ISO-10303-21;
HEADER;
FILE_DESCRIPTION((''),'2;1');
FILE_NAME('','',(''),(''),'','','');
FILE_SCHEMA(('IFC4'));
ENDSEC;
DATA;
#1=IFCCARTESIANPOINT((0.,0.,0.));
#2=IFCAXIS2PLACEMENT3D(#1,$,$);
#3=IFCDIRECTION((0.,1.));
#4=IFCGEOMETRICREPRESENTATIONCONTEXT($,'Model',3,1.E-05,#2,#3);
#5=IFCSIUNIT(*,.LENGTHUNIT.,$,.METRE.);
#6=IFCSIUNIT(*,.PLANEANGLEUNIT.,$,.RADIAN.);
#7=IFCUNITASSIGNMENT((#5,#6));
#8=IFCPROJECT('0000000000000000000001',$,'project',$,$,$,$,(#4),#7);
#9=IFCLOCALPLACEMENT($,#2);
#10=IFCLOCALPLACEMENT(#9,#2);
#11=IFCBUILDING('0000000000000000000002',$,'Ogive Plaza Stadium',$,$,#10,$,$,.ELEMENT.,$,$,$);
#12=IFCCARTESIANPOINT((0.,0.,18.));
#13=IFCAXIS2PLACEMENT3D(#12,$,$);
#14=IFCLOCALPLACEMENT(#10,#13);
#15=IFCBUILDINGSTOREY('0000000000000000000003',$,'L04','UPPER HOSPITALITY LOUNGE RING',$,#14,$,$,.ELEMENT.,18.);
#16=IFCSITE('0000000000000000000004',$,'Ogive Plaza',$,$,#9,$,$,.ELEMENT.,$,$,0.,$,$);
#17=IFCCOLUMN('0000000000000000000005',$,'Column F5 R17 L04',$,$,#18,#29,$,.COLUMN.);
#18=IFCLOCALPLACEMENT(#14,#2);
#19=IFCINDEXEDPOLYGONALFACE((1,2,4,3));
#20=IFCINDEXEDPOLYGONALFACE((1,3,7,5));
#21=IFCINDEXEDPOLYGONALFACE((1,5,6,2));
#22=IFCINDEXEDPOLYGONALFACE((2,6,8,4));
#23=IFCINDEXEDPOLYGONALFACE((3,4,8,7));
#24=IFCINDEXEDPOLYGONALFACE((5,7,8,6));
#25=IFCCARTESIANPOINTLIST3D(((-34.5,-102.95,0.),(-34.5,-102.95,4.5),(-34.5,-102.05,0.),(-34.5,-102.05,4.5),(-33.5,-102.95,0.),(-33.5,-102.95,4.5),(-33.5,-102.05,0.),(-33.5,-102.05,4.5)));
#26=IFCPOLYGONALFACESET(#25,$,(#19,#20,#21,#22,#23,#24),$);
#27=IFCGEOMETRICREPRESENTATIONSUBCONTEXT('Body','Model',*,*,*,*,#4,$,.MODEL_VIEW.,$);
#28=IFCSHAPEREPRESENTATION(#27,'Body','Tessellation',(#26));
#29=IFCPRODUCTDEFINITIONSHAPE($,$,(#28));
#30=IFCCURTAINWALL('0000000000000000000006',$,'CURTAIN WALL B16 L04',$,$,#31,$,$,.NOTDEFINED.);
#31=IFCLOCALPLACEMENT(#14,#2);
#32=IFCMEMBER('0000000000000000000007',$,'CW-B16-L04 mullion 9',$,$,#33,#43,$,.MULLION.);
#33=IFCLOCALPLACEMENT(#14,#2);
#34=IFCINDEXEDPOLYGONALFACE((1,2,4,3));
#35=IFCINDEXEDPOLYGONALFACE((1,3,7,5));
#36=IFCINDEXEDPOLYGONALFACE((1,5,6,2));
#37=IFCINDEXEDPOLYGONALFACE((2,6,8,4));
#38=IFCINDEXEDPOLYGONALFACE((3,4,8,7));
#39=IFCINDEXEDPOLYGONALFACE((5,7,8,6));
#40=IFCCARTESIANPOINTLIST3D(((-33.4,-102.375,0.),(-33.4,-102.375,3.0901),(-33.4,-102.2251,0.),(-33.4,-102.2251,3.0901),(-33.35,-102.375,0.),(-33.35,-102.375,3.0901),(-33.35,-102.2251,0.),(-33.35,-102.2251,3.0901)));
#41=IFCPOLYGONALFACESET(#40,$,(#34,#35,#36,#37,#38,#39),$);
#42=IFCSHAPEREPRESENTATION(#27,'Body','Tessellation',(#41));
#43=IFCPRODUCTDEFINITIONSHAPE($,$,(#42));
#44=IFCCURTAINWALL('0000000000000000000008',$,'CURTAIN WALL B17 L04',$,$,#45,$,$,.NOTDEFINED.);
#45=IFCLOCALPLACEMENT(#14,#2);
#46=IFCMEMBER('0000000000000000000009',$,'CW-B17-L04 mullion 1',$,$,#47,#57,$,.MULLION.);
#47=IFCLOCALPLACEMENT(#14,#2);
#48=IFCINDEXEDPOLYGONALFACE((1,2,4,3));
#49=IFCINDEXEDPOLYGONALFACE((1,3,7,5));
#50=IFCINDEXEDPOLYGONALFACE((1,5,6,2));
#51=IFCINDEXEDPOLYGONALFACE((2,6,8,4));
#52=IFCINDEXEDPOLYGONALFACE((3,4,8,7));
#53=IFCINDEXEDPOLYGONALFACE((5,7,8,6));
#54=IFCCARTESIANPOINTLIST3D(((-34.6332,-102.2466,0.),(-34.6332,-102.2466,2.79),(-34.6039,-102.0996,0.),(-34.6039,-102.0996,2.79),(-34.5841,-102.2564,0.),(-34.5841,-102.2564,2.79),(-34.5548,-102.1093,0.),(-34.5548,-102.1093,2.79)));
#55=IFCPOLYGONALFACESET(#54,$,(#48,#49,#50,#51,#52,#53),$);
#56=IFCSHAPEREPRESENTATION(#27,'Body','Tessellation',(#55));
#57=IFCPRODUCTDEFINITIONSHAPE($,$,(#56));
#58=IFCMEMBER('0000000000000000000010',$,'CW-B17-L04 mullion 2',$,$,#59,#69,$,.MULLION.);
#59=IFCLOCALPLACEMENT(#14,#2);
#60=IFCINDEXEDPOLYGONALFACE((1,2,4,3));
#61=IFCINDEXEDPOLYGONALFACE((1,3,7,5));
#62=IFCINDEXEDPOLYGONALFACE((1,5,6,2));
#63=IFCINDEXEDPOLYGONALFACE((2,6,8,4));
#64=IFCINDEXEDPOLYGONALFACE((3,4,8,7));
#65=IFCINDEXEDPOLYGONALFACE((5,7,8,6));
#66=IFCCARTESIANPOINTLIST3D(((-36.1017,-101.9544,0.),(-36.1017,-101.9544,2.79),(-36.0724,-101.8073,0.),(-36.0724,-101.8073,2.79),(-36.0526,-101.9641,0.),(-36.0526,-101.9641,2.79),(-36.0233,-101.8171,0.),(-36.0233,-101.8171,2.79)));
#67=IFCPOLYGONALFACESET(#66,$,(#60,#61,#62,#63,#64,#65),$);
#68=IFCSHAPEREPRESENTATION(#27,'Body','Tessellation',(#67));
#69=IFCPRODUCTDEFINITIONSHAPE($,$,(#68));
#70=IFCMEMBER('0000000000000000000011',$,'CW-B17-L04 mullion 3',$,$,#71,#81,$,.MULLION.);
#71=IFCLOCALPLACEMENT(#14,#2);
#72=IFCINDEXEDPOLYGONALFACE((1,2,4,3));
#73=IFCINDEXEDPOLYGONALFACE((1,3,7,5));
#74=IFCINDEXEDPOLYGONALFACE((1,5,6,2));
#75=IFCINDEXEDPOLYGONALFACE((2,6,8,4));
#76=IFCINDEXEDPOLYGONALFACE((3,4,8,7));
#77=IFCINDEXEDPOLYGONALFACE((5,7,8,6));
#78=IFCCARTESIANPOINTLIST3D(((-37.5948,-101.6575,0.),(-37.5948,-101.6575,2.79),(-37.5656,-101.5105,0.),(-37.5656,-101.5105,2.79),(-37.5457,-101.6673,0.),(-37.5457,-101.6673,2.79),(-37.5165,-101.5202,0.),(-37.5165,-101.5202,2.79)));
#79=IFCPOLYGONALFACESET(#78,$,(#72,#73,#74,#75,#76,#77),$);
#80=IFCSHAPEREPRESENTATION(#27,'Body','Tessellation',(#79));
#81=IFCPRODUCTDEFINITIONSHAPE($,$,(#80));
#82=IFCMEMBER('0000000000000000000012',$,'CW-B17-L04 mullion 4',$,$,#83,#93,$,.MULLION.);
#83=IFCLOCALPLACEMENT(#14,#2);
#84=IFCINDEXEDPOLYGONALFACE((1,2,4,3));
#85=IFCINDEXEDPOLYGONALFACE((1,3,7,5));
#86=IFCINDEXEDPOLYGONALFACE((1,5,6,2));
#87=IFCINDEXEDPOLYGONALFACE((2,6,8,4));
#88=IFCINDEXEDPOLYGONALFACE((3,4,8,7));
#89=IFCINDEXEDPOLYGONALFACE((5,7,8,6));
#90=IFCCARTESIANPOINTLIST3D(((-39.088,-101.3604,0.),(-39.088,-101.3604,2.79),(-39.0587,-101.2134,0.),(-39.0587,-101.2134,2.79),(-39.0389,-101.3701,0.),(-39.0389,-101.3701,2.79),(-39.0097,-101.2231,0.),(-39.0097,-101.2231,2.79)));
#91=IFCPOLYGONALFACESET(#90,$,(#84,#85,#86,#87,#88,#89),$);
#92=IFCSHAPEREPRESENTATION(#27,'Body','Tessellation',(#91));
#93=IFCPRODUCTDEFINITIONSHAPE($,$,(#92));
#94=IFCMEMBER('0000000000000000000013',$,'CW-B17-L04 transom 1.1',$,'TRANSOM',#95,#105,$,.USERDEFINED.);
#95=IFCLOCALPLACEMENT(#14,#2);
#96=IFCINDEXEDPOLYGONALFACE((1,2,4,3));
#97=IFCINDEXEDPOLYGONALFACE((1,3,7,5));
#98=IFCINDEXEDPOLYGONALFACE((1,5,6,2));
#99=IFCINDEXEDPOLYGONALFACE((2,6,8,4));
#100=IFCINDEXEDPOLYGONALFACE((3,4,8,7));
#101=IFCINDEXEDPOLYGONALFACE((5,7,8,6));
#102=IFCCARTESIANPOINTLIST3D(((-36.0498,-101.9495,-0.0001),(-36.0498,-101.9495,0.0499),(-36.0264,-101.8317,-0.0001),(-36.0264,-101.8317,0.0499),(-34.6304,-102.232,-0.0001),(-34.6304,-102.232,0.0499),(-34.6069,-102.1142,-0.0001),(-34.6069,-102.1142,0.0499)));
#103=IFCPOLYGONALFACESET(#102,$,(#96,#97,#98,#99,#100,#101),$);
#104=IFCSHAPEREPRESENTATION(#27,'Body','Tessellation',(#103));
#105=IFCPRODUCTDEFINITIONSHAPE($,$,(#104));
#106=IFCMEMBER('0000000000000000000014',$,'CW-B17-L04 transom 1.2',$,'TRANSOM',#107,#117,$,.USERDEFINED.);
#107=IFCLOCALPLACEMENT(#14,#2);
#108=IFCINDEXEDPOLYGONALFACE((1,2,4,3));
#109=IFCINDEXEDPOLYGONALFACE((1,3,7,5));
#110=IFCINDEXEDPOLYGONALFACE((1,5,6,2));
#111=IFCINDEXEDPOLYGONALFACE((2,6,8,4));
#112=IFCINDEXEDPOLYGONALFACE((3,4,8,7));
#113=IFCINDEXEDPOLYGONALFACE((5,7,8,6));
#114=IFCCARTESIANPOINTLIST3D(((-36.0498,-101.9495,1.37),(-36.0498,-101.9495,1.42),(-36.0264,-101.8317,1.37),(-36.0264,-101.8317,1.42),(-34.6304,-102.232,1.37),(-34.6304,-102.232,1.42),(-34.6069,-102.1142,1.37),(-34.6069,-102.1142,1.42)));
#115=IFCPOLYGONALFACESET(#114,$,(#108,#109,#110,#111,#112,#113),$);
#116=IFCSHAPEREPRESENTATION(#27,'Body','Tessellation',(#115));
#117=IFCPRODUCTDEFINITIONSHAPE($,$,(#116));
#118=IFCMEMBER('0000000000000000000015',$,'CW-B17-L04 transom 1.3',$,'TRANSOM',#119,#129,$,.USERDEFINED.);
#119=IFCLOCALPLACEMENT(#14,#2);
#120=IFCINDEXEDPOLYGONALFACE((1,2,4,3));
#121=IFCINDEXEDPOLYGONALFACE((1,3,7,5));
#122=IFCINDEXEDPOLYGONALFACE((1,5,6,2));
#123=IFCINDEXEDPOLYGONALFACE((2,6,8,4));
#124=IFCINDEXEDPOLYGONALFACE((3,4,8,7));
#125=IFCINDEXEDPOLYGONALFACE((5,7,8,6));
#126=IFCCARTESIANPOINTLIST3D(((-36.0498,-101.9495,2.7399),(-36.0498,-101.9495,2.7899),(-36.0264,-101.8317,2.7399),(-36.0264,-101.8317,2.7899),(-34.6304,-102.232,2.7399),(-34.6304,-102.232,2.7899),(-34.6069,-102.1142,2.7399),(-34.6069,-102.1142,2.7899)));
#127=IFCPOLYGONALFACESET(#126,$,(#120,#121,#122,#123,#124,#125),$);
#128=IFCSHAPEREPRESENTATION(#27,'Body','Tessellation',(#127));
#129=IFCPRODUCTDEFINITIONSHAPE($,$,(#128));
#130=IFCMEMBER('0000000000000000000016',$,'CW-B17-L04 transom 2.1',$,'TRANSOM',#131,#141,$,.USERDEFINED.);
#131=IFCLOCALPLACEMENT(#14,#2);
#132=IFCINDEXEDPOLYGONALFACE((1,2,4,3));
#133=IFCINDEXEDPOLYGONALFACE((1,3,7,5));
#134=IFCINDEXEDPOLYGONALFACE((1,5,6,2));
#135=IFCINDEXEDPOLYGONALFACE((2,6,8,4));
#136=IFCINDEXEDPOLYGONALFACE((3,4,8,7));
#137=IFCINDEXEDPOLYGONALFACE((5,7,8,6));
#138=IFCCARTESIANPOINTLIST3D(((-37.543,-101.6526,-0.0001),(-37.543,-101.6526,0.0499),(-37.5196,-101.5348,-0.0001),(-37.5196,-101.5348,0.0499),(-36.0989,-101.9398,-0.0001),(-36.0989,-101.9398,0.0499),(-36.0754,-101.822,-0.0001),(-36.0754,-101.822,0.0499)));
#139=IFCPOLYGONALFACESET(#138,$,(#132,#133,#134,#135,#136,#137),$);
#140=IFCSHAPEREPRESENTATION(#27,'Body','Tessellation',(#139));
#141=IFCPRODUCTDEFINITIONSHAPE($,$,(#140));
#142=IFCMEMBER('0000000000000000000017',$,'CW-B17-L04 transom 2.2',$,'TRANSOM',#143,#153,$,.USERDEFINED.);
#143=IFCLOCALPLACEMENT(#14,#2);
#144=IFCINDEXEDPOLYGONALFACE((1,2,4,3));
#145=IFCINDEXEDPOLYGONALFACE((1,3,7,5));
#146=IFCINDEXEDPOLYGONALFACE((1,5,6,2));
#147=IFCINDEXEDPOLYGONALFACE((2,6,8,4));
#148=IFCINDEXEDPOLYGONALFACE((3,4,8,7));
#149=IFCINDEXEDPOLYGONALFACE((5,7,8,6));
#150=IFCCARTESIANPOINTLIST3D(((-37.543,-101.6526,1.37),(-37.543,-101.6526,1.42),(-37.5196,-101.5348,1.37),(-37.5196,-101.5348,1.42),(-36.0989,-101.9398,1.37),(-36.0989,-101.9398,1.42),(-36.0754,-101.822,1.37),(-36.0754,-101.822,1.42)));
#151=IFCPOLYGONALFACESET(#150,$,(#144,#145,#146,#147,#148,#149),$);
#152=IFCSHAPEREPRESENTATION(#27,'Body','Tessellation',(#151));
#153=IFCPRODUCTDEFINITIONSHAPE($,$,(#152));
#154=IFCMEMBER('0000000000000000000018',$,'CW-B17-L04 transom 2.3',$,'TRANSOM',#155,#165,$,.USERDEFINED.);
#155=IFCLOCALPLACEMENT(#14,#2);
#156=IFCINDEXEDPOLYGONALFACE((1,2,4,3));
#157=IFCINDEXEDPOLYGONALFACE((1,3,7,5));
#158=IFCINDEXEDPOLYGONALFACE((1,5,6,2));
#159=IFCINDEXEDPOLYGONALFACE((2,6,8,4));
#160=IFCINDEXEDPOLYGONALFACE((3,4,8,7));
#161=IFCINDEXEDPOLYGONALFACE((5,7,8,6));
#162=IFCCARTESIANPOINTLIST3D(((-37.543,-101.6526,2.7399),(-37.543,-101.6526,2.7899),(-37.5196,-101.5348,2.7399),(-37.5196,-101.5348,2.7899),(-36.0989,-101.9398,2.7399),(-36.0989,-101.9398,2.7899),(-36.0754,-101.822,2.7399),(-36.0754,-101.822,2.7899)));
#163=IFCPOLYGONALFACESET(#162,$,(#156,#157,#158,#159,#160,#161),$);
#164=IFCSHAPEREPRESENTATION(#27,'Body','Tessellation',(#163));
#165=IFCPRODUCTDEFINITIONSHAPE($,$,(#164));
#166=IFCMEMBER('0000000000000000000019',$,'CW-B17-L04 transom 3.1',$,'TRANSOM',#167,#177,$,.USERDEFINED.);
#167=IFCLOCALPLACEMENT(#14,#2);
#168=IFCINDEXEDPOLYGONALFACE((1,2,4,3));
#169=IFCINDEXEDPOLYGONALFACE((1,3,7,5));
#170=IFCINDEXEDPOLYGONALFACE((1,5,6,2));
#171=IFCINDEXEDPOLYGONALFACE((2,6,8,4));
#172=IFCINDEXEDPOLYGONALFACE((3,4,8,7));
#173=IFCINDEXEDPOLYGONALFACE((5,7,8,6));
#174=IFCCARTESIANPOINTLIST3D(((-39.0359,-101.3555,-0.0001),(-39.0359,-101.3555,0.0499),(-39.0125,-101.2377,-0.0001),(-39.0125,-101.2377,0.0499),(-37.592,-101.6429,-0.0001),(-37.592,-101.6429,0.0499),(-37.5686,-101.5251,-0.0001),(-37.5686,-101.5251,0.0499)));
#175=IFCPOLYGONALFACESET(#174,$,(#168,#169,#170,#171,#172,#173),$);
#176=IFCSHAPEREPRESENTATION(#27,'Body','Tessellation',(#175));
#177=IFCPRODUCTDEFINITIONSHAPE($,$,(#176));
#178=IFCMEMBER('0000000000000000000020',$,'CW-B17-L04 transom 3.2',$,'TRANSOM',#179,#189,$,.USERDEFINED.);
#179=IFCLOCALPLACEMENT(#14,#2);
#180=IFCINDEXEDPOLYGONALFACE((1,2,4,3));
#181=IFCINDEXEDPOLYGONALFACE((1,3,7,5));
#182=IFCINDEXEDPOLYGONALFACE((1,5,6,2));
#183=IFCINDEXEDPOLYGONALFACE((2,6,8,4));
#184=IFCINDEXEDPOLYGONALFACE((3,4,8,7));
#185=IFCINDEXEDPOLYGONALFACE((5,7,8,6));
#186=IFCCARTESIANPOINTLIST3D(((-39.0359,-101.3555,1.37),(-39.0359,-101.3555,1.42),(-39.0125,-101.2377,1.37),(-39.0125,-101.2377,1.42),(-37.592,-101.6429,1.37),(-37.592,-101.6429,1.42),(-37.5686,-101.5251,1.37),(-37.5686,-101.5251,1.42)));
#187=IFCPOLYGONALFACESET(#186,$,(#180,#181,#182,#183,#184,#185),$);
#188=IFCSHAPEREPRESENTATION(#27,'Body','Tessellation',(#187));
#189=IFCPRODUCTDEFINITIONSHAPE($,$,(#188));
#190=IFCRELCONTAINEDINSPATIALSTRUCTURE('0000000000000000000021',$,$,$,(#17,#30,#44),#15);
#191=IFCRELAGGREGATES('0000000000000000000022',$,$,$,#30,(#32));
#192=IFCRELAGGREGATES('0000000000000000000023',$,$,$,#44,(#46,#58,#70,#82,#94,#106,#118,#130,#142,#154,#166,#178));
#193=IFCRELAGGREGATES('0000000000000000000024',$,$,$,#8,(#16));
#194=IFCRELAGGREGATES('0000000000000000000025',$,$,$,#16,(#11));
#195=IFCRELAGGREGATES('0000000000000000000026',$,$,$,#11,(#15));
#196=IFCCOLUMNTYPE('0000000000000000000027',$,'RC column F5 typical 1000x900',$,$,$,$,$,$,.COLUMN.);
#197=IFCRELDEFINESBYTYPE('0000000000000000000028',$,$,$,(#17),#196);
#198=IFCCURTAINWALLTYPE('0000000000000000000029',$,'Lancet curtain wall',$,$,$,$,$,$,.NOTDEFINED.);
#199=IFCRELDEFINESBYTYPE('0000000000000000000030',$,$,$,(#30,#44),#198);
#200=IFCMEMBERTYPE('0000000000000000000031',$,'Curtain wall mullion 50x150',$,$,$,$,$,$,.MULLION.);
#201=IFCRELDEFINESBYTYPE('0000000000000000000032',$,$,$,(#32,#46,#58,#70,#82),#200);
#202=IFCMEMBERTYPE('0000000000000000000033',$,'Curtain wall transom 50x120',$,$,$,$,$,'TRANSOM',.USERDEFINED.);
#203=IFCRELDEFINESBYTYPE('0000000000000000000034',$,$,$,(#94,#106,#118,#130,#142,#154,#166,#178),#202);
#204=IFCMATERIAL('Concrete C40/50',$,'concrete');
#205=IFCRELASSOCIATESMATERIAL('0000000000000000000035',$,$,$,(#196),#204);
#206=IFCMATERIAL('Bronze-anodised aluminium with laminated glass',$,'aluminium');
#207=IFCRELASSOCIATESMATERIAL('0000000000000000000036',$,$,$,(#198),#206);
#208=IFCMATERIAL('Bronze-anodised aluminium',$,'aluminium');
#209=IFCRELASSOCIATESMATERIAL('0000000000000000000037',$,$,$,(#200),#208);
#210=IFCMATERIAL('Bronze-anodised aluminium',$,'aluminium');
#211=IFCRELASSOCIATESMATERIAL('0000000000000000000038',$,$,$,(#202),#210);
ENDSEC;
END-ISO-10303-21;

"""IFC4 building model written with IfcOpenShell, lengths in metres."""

from ifc_helpers import new_model, si_unit, direction, frame, origin, origin_2d, place, context, subcontext, project, spatial, rectangle, extrude, material, material_profile, profile_set, type_object, element, aggregate, save


model = new_model("IFC4")

# Units and contexts
model_context = context("Model", 3, precision=1e-05, world=origin(), true_north=direction((0.0, 1.0)))
body_context = subcontext(model_context, "Body", "Model", "MODEL_VIEW")
ifc_project = project(units=[si_unit("LENGTHUNIT", "METRE"), si_unit("PLANEANGLEUNIT", "RADIAN")], contexts=[model_context])

# Site, building, storey
site_placement = place(None, origin())
site = spatial("IfcSite", under=ifc_project, at=site_placement, Name="Ogive Plaza", CompositionType="ELEMENT", RefElevation=0.0)
building_placement = place(site_placement, origin())
building = spatial("IfcBuilding", under=site, at=building_placement, Name="Ogive Plaza Stadium", CompositionType="ELEMENT")
storey_placement = place(building_placement, frame((0.0, 0.0, 18.0)))
storey = spatial("IfcBuildingStorey", under=building, at=storey_placement, Name="L04", Description="UPPER HOSPITALITY LOUNGE RING", CompositionType="ELEMENT", Elevation=18.0)

# Column
ifc_material_1 = material(Name="Concrete C40/50", Category="concrete")
ifc_material_profile_1 = material_profile(ifc_material_1, rectangle(XDim=1.0, YDim=0.8999, at=origin_2d()), Name="RC 1000x900")
ifc_profile_set_1 = profile_set([ifc_material_profile_1], Name="Concrete C40/50")
column_type = type_object("IfcColumnType", Name="RC column F5 typical 1000x900", PredefinedType="COLUMN", material=ifc_profile_set_1)
column_placement = place(storey_placement, frame((-34.0, -102.5, 0.0), z_axis=(0.0, 0.0, 1.0), x_axis=(1.0, 0.0, 0.0)))
element("IfcColumn", 1, at=column_placement, inside=storey, type_object=column_type, Name="Column F5 R17 L04", PredefinedType="COLUMN", context=body_context, shape_type="SweptSolid", body=[
    extrude(rectangle(XDim=1.0, YDim=0.8999, at=origin_2d()), origin(), (0.0, 0.0, 1.0), 4.5),
])

# Curtain wall, member
ifc_material_2 = material(Name="Bronze-anodised aluminium with laminated glass", Category="aluminium")
curtain_wall_type = type_object("IfcCurtainWallType", Name="Lancet curtain wall", PredefinedType="NOTDEFINED", material=ifc_material_2)
curtain_wall_1_placement = place(storey_placement, origin())
curtain_wall_1 = element("IfcCurtainWall", 2, at=curtain_wall_1_placement, inside=storey, type_object=curtain_wall_type, Name="CURTAIN WALL B16 L04", PredefinedType="NOTDEFINED")
ifc_material_3 = material(Name="Bronze-anodised aluminium", Category="aluminium")
ifc_material_profile_2 = material_profile(ifc_material_3, rectangle(XDim=0.1499, YDim=0.05, at=origin_2d()), Name="AL 150x50")
ifc_profile_set_2 = profile_set([ifc_material_profile_2], Name="Bronze-anodised aluminium")
member_type_1 = type_object("IfcMemberType", Name="Curtain wall mullion 50x150", PredefinedType="MULLION", material=ifc_profile_set_2)
member_1_placement = place(storey_placement, frame((-33.375, -102.3, 0.0), z_axis=(0.0, 0.0, 1.0), x_axis=(0.0, -1.0, 0.0)))
member_1 = element("IfcMember", 3, at=member_1_placement, type_object=member_type_1, Name="CW-B16-L04 mullion 9", PredefinedType="MULLION", context=body_context, shape_type="SweptSolid", body=[
    extrude(rectangle(XDim=0.1499, YDim=0.05, at=origin_2d()), origin(), (0.0, 0.0, 1.0), 3.0901),
])
aggregate(curtain_wall_1, [member_1])

# Curtain wall, members
curtain_wall_2_placement = place(storey_placement, origin())
curtain_wall_2 = element("IfcCurtainWall", 4, at=curtain_wall_2_placement, inside=storey, type_object=curtain_wall_type, Name="CURTAIN WALL B17 L04", PredefinedType="NOTDEFINED")
member_2_placement = place(storey_placement, frame((-34.594, -102.178, 0.0), z_axis=(0.0, 0.0, 1.0), x_axis=(-0.19509, -0.980785, 0.0)))
member_2 = element("IfcMember", 5, at=member_2_placement, type_object=member_type_1, Name="CW-B17-L04 mullion 1", PredefinedType="MULLION", context=body_context, shape_type="SweptSolid", body=[
    extrude(rectangle(XDim=0.1499, YDim=0.05, at=origin_2d()), origin(), (0.0, 0.0, 1.0), 2.79),
])
member_3_placement = place(storey_placement, frame((-36.0625, -101.8857, 0.0), z_axis=(0.0, 0.0, 1.0), x_axis=(-0.19509, -0.980785, 0.0)))
member_3 = element("IfcMember", 6, at=member_3_placement, type_object=member_type_1, Name="CW-B17-L04 mullion 2", PredefinedType="MULLION", context=body_context, shape_type="SweptSolid", body=[
    extrude(rectangle(XDim=0.1499, YDim=0.05, at=origin_2d()), origin(), (0.0, 0.0, 1.0), 2.79),
])
member_4_placement = place(storey_placement, frame((-37.5557, -101.5889, 0.0), z_axis=(0.0, 0.0, 1.0), x_axis=(-0.19509, -0.980785, 0.0)))
member_4 = element("IfcMember", 7, at=member_4_placement, type_object=member_type_1, Name="CW-B17-L04 mullion 3", PredefinedType="MULLION", context=body_context, shape_type="SweptSolid", body=[
    extrude(rectangle(XDim=0.1499, YDim=0.05, at=origin_2d()), origin(), (0.0, 0.0, 1.0), 2.79),
])
member_5_placement = place(storey_placement, frame((-39.0488, -101.2917, 0.0), z_axis=(0.0, 0.0, 1.0), x_axis=(-0.19509, -0.980785, 0.0)))
member_5 = element("IfcMember", 8, at=member_5_placement, type_object=member_type_1, Name="CW-B17-L04 mullion 4", PredefinedType="MULLION", context=body_context, shape_type="SweptSolid", body=[
    extrude(rectangle(XDim=0.1499, YDim=0.05, at=origin_2d()), origin(), (0.0, 0.0, 1.0), 2.79),
])
ifc_material_4 = material(Name="Bronze-anodised aluminium", Category="aluminium")
ifc_material_profile_3 = material_profile(ifc_material_4, rectangle(XDim=0.1201, YDim=0.05, at=origin_2d()), Name="AL 120x50")
ifc_profile_set_3 = profile_set([ifc_material_profile_3], Name="Bronze-anodised aluminium")
member_type_2 = type_object("IfcMemberType", Name="Curtain wall transom 50x120", ElementType="TRANSOM", PredefinedType="USERDEFINED", material=ifc_profile_set_3)
member_6_placement = place(storey_placement, frame((-34.6187, -102.1731, 0.0249), z_axis=(-0.980768, 0.195175, 0.0), x_axis=(-0.195175, -0.980768, 0.0)))
member_6 = element("IfcMember", 9, at=member_6_placement, type_object=member_type_2, Name="CW-B17-L04 transom 1.1", ObjectType="TRANSOM", PredefinedType="USERDEFINED", context=body_context, shape_type="SweptSolid", body=[
    extrude(rectangle(XDim=0.1201, YDim=0.05, at=origin_2d()), origin(), (0.0, 0.0, 1.0), 1.4473),
])
member_7_placement = place(storey_placement, frame((-34.6187, -102.1731, 1.395), z_axis=(-0.980768, 0.195175, 0.0), x_axis=(-0.195175, -0.980768, 0.0)))
member_7 = element("IfcMember", 10, at=member_7_placement, type_object=member_type_2, Name="CW-B17-L04 transom 1.2", ObjectType="TRANSOM", PredefinedType="USERDEFINED", context=body_context, shape_type="SweptSolid", body=[
    extrude(rectangle(XDim=0.1201, YDim=0.05, at=origin_2d()), origin(), (0.0, 0.0, 1.0), 1.4473),
])
member_8_placement = place(storey_placement, frame((-34.6187, -102.1731, 2.7649), z_axis=(-0.980768, 0.195175, 0.0), x_axis=(-0.195175, -0.980768, 0.0)))
member_8 = element("IfcMember", 11, at=member_8_placement, type_object=member_type_2, Name="CW-B17-L04 transom 1.3", ObjectType="TRANSOM", PredefinedType="USERDEFINED", context=body_context, shape_type="SweptSolid", body=[
    extrude(rectangle(XDim=0.1201, YDim=0.05, at=origin_2d()), origin(), (0.0, 0.0, 1.0), 1.4473),
])
member_9_placement = place(storey_placement, frame((-36.0872, -101.8809, 0.0249), z_axis=(-0.980803, 0.195, 0.0), x_axis=(-0.195, -0.980803, 0.0)))
member_9 = element("IfcMember", 12, at=member_9_placement, type_object=member_type_2, Name="CW-B17-L04 transom 2.1", ObjectType="TRANSOM", PredefinedType="USERDEFINED", context=body_context, shape_type="SweptSolid", body=[
    extrude(rectangle(XDim=0.1201, YDim=0.05, at=origin_2d()), origin(), (0.0, 0.0, 1.0), 1.4724),
])
member_10_placement = place(storey_placement, frame((-36.0872, -101.8809, 1.395), z_axis=(-0.980803, 0.195, 0.0), x_axis=(-0.195, -0.980803, 0.0)))
member_10 = element("IfcMember", 13, at=member_10_placement, type_object=member_type_2, Name="CW-B17-L04 transom 2.2", ObjectType="TRANSOM", PredefinedType="USERDEFINED", context=body_context, shape_type="SweptSolid", body=[
    extrude(rectangle(XDim=0.1201, YDim=0.05, at=origin_2d()), origin(), (0.0, 0.0, 1.0), 1.4724),
])
member_11_placement = place(storey_placement, frame((-36.0872, -101.8809, 2.7649), z_axis=(-0.980803, 0.195, 0.0), x_axis=(-0.195, -0.980803, 0.0)))
member_11 = element("IfcMember", 14, at=member_11_placement, type_object=member_type_2, Name="CW-B17-L04 transom 2.3", ObjectType="TRANSOM", PredefinedType="USERDEFINED", context=body_context, shape_type="SweptSolid", body=[
    extrude(rectangle(XDim=0.1201, YDim=0.05, at=origin_2d()), origin(), (0.0, 0.0, 1.0), 1.4724),
])
member_12_placement = place(storey_placement, frame((-37.5803, -101.584, 0.0249), z_axis=(-0.980765, 0.195191, 0.0), x_axis=(-0.195191, -0.980765, 0.0)))
member_12 = element("IfcMember", 15, at=member_12_placement, type_object=member_type_2, Name="CW-B17-L04 transom 3.1", ObjectType="TRANSOM", PredefinedType="USERDEFINED", context=body_context, shape_type="SweptSolid", body=[
    extrude(rectangle(XDim=0.1201, YDim=0.05, at=origin_2d()), origin(), (0.0, 0.0, 1.0), 1.4722),
])
member_13_placement = place(storey_placement, frame((-37.5803, -101.584, 1.395), z_axis=(-0.980765, 0.195191, 0.0), x_axis=(-0.195191, -0.980765, 0.0)))
member_13 = element("IfcMember", 16, at=member_13_placement, type_object=member_type_2, Name="CW-B17-L04 transom 3.2", ObjectType="TRANSOM", PredefinedType="USERDEFINED", context=body_context, shape_type="SweptSolid", body=[
    extrude(rectangle(XDim=0.1201, YDim=0.05, at=origin_2d()), origin(), (0.0, 0.0, 1.0), 1.4722),
])

aggregate(curtain_wall_2, [member_2, member_3, member_4, member_5, member_6, member_7, member_8, member_9, member_10, member_11, member_12, member_13])

save(model, "model.ifc")
